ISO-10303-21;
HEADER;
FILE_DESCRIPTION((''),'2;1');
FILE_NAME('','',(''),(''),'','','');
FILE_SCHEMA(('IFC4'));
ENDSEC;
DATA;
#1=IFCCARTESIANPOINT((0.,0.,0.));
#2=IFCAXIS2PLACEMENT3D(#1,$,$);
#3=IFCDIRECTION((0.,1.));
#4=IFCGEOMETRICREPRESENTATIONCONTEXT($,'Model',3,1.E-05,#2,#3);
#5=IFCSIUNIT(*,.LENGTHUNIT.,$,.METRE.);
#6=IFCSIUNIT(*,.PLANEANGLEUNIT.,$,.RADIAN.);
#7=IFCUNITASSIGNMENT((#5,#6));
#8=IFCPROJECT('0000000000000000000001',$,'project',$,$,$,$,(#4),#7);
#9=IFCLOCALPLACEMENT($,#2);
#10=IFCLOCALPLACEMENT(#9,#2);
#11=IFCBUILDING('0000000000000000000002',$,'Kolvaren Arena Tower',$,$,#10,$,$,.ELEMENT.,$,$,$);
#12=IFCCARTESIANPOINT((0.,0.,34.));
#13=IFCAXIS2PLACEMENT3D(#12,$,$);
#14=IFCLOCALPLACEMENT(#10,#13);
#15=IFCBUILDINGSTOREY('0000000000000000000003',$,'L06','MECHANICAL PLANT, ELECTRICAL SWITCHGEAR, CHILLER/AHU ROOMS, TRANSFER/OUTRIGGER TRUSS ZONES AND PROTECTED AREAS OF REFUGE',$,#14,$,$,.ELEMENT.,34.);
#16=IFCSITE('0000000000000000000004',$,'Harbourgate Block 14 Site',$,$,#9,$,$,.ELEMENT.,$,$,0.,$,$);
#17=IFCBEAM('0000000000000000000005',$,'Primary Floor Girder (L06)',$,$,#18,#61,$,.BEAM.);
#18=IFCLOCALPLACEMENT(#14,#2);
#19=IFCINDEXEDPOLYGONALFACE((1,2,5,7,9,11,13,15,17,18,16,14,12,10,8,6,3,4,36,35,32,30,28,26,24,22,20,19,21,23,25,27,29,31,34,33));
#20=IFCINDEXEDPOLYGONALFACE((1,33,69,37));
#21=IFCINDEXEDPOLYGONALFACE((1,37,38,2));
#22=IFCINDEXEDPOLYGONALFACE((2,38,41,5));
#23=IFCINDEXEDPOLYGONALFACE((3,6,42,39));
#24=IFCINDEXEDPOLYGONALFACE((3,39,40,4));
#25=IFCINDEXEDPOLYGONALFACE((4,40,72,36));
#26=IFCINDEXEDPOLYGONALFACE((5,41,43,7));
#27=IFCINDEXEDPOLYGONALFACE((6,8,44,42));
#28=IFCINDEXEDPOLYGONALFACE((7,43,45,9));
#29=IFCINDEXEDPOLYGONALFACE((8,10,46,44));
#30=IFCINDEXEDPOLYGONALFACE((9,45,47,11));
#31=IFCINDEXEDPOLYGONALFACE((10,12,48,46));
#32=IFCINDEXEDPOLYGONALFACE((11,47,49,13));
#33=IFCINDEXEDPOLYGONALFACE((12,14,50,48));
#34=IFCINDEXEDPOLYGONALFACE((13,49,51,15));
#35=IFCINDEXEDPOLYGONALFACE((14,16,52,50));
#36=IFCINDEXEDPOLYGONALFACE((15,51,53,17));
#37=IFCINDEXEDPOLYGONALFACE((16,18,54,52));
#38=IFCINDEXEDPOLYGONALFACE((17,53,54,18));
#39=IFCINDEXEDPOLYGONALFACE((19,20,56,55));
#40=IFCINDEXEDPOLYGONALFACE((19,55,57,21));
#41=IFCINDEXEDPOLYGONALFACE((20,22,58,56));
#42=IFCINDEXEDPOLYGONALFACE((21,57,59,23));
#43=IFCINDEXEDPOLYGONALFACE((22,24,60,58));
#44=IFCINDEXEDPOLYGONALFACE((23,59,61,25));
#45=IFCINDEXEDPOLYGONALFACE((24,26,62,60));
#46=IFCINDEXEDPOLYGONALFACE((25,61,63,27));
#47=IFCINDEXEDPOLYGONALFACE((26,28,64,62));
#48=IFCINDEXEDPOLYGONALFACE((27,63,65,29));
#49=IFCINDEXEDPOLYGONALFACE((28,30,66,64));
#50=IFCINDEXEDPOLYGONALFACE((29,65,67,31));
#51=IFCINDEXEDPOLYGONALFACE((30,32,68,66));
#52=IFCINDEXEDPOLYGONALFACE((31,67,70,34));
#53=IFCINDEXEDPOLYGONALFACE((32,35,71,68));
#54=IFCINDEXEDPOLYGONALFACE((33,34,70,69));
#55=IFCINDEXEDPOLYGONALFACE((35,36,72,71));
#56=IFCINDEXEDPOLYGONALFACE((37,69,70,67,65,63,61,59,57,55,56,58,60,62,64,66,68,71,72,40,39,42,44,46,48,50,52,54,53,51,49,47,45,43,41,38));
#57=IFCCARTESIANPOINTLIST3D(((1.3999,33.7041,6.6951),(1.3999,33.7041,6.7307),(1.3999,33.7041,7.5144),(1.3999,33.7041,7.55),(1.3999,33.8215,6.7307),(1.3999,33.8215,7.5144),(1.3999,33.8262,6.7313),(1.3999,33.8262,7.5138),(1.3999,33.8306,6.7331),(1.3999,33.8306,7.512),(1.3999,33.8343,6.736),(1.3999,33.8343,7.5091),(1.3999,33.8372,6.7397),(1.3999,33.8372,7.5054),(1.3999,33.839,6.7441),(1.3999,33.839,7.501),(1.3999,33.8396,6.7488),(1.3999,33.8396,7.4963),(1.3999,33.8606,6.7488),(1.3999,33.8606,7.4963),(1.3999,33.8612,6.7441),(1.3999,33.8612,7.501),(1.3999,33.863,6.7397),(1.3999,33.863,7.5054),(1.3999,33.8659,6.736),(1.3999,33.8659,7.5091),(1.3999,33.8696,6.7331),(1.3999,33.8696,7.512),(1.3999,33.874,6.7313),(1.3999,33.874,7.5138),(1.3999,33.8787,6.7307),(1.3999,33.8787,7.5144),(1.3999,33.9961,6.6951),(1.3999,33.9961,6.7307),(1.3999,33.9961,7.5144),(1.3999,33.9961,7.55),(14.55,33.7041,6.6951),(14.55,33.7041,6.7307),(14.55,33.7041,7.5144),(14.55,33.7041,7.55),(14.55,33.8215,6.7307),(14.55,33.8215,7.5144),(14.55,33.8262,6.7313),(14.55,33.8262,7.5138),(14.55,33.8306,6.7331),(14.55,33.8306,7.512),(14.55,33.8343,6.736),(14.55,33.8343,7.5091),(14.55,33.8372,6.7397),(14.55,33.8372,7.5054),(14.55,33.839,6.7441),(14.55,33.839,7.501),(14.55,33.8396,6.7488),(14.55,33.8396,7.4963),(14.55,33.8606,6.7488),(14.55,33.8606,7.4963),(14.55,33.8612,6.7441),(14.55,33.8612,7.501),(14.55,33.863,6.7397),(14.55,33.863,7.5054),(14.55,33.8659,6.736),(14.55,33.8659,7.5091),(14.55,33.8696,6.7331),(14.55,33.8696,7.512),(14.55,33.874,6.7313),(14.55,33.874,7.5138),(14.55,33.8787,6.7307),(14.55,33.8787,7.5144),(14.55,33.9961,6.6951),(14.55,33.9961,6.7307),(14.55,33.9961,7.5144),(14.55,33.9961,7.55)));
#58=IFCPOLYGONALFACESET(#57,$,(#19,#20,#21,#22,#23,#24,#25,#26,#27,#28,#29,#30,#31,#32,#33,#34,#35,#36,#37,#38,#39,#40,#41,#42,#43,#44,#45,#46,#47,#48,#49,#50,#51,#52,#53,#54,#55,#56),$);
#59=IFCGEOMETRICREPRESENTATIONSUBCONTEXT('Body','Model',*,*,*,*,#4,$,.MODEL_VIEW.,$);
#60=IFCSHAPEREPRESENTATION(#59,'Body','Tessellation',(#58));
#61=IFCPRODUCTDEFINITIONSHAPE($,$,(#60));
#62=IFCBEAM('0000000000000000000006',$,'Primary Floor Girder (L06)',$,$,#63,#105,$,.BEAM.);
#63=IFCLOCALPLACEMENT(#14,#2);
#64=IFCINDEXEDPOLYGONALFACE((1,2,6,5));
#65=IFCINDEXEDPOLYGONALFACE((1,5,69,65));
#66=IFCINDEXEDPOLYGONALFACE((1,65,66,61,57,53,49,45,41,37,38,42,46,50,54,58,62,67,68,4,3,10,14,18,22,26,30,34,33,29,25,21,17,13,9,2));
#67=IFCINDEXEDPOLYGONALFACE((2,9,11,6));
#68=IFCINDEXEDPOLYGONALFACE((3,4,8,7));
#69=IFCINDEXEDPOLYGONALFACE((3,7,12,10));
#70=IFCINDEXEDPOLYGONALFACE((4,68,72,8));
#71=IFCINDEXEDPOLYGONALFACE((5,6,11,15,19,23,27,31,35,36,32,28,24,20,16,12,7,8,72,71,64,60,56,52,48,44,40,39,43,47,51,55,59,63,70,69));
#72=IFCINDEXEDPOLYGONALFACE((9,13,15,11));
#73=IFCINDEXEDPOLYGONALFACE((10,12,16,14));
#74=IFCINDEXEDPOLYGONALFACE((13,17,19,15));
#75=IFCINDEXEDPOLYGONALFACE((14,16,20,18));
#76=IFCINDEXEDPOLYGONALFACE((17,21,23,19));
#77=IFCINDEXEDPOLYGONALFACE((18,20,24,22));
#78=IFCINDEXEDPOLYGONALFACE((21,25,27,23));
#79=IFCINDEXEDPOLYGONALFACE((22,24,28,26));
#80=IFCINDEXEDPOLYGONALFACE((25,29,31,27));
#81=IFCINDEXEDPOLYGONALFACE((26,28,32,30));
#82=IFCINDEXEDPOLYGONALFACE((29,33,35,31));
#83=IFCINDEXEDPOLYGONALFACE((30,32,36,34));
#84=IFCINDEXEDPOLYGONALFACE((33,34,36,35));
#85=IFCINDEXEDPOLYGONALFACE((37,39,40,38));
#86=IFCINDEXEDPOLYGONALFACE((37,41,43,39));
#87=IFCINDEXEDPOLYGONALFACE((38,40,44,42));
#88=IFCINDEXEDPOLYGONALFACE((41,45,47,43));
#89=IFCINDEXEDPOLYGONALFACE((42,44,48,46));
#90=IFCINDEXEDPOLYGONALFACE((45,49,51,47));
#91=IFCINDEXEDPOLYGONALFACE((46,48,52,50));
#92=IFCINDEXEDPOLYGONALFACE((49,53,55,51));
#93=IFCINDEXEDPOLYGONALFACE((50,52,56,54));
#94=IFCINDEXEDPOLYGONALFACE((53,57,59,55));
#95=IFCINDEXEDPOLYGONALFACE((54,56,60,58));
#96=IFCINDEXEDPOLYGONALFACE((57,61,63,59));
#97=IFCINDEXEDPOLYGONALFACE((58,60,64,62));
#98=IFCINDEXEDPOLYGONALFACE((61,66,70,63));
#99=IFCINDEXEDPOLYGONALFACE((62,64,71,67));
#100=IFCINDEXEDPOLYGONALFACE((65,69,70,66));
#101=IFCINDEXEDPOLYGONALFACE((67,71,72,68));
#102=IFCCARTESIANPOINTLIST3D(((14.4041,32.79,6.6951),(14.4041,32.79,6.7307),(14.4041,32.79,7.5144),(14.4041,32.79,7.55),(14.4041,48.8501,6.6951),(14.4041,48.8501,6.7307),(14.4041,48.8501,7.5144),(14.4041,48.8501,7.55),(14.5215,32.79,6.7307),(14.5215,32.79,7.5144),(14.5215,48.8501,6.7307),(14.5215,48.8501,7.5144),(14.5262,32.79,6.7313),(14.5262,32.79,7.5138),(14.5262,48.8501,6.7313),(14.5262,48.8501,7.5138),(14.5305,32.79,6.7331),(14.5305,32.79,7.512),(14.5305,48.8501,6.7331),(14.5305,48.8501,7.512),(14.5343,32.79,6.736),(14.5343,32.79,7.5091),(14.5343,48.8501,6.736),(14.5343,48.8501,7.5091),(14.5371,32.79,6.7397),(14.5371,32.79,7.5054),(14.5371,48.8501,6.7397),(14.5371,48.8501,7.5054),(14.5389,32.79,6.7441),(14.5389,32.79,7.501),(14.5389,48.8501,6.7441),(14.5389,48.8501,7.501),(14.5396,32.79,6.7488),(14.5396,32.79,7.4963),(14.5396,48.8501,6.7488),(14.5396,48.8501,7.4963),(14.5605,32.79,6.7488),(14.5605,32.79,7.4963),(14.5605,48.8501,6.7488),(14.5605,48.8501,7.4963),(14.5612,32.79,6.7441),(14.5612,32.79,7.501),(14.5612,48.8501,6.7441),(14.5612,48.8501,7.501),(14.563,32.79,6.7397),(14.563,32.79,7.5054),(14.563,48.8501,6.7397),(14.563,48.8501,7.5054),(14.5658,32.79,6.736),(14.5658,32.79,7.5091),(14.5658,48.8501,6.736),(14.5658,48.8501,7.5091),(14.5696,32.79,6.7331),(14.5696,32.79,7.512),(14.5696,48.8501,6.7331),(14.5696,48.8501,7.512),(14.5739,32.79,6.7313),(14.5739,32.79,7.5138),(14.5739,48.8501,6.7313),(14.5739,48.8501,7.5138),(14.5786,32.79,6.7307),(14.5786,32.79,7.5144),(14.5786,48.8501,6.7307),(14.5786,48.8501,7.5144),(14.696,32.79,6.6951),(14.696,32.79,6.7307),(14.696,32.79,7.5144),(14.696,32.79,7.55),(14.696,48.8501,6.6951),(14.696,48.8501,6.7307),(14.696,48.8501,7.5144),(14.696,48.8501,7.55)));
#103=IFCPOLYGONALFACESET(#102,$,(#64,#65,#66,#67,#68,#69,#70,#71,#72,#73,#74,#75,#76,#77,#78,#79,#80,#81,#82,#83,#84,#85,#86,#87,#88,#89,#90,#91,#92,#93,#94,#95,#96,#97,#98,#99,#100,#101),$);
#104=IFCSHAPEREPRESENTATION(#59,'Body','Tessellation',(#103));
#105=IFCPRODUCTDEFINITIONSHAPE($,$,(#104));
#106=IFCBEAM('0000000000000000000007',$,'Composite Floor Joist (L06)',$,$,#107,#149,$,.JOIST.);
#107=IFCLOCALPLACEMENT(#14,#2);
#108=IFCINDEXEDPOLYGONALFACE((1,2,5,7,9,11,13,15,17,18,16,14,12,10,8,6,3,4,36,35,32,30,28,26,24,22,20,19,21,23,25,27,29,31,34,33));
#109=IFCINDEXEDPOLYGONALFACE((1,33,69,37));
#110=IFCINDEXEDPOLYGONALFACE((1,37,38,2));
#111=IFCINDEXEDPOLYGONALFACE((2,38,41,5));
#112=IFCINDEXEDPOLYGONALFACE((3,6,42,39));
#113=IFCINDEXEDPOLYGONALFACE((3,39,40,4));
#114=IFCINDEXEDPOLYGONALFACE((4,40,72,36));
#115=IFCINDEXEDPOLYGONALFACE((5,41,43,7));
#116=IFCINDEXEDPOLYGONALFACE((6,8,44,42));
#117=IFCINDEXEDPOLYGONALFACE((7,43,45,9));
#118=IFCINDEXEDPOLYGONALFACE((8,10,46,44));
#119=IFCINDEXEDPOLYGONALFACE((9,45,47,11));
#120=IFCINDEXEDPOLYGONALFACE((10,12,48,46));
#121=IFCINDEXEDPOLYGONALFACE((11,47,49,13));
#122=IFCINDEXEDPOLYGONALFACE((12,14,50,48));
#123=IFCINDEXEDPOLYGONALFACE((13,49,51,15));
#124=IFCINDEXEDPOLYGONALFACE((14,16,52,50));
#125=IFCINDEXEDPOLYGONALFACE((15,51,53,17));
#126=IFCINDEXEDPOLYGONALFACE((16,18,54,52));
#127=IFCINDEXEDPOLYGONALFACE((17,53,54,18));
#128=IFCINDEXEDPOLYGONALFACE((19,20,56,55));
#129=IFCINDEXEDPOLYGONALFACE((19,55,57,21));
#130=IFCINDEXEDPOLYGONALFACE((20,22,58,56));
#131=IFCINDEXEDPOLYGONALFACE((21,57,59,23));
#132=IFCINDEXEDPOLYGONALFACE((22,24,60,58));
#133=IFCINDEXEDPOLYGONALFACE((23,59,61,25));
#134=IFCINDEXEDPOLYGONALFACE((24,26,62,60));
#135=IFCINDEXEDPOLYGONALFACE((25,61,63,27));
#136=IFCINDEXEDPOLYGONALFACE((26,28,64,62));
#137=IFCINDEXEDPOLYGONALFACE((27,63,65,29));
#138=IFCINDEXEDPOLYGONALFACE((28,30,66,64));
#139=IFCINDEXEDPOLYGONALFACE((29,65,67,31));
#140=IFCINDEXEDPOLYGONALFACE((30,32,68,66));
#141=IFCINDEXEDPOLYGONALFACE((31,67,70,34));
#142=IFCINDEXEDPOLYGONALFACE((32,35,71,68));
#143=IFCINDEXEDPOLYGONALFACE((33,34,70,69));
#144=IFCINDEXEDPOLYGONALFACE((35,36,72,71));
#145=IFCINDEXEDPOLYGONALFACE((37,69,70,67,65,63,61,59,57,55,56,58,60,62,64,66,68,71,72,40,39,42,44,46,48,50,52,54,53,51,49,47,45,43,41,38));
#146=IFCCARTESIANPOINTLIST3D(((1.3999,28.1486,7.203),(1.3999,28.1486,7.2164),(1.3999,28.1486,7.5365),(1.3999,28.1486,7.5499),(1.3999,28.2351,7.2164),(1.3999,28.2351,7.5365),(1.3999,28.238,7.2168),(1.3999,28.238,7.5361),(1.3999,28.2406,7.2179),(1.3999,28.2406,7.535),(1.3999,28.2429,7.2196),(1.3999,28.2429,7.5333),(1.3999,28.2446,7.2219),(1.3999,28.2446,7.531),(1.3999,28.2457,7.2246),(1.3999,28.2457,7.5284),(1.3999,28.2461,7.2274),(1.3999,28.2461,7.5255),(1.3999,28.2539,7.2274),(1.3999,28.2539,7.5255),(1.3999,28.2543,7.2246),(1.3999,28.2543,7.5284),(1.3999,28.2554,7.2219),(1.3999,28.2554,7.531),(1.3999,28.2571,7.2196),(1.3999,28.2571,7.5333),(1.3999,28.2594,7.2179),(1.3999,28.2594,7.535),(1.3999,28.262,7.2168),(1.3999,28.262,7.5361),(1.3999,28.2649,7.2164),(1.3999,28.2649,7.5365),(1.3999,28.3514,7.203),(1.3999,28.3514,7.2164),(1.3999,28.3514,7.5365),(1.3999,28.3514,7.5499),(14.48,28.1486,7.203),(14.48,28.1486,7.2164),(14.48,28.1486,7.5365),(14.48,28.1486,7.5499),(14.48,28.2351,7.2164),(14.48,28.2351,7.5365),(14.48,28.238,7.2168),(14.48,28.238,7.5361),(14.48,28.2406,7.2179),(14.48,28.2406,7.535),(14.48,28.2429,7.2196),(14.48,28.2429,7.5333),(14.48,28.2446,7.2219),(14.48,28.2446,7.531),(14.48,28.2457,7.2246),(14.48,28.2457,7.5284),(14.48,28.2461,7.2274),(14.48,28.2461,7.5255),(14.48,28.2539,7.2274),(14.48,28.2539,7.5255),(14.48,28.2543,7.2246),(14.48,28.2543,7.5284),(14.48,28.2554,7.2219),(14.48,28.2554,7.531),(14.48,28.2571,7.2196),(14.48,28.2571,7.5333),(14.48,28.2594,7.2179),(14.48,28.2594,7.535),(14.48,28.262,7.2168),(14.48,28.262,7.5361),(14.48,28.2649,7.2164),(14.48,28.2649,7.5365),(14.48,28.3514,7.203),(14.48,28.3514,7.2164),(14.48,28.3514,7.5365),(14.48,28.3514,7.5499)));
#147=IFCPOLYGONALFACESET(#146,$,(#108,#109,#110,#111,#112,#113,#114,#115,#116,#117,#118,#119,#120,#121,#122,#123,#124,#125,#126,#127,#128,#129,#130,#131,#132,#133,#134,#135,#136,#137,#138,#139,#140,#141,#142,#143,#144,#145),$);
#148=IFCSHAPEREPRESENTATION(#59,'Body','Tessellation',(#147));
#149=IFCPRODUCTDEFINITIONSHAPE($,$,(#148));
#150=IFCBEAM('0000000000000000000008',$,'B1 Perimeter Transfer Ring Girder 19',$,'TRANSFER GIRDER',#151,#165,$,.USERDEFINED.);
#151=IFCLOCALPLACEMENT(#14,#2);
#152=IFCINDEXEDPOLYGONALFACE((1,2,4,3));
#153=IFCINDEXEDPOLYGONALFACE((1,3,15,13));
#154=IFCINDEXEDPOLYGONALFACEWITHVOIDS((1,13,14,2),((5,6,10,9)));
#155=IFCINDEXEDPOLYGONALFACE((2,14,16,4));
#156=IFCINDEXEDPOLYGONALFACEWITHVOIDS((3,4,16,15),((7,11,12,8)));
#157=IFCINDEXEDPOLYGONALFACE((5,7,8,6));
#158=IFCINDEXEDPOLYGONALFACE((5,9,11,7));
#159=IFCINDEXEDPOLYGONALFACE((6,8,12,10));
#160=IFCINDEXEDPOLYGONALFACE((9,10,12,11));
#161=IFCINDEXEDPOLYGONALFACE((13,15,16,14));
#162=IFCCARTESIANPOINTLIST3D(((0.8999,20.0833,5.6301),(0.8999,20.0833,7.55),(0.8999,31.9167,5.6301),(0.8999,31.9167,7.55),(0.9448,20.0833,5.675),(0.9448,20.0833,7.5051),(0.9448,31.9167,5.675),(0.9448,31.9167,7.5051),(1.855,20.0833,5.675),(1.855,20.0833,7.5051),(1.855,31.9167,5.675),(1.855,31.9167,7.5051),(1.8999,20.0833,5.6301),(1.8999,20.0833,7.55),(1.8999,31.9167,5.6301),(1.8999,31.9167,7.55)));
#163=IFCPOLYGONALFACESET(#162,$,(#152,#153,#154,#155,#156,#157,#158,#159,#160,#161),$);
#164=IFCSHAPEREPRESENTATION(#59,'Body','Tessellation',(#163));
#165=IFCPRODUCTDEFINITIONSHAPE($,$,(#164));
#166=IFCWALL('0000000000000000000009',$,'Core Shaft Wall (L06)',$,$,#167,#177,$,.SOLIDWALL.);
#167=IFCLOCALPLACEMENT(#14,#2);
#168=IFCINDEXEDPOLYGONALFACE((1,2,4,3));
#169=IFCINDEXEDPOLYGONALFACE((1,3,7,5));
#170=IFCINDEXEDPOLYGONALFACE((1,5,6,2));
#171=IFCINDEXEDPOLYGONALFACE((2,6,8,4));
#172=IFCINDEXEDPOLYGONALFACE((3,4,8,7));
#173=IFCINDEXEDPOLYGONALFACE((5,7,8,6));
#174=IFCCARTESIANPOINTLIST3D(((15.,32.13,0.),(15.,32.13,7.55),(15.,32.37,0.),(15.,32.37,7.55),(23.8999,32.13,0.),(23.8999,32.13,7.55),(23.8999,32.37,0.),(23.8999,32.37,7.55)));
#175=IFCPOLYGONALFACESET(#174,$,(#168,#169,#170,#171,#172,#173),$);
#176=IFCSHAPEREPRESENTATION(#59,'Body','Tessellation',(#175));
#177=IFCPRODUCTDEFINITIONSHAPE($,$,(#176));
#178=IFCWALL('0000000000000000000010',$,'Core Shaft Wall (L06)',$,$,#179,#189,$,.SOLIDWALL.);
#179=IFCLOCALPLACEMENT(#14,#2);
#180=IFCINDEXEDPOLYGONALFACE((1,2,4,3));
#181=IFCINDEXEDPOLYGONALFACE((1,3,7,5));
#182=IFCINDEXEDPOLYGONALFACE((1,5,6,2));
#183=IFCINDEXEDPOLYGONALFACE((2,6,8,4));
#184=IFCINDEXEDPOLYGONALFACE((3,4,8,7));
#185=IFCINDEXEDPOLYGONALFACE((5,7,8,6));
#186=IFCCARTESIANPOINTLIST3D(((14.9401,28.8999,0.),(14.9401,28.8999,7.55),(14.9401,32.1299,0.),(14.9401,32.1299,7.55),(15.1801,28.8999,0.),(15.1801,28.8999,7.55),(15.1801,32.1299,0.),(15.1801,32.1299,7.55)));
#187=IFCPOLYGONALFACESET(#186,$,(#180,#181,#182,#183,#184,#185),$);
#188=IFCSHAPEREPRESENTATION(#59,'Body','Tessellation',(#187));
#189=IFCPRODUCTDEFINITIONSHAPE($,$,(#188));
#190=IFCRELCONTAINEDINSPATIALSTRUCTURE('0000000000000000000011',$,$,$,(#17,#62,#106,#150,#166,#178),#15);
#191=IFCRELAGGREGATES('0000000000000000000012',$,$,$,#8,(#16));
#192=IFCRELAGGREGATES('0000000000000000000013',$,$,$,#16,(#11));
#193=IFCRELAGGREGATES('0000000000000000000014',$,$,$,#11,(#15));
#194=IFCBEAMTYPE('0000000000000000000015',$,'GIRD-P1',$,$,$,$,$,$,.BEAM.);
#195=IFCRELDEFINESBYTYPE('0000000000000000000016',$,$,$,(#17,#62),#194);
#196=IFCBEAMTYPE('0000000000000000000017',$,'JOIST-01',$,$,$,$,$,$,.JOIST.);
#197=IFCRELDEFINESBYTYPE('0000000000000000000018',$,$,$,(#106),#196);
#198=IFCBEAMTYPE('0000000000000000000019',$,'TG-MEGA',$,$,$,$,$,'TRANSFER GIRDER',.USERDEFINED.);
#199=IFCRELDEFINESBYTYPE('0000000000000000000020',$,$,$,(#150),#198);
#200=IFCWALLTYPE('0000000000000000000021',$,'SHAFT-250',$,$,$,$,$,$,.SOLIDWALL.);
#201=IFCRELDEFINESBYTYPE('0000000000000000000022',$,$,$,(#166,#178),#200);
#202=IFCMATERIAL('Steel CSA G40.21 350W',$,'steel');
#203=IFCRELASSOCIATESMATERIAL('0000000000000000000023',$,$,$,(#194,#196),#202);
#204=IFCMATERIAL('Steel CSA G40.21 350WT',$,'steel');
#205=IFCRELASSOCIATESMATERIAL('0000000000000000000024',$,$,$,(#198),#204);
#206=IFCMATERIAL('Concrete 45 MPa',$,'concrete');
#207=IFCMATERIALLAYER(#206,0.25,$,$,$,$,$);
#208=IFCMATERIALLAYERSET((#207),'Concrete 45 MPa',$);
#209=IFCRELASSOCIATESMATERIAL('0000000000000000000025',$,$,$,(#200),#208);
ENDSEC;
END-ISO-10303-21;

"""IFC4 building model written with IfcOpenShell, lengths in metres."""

from ifc_helpers import new_model, si_unit, direction, frame, frame_2d, origin, origin_2d, place, context, subcontext, project, spatial, rectangle, hollow_rectangle, i_section, extrude, material, layer, layer_set, material_profile, profile_set, type_object, element, save


model = new_model("IFC4")

# Units and contexts
model_context = context("Model", 3, precision=1e-05, world=origin(), true_north=direction((0.0, 1.0)))
body_context = subcontext(model_context, "Body", "Model", "MODEL_VIEW")
ifc_project = project(units=[si_unit("LENGTHUNIT", "METRE"), si_unit("PLANEANGLEUNIT", "RADIAN")], contexts=[model_context])

# Site, building, storey
site_placement = place(None, origin())
site = spatial("IfcSite", under=ifc_project, at=site_placement, Name="Harbourgate Block 14 Site", CompositionType="ELEMENT", RefElevation=0.0)
building_placement = place(site_placement, origin())
building = spatial("IfcBuilding", under=site, at=building_placement, Name="Kolvaren Arena Tower", CompositionType="ELEMENT")
storey_placement = place(building_placement, frame((0.0, 0.0, 34.0)))
storey = spatial("IfcBuildingStorey", under=building, at=storey_placement, Name="L06", Description="MECHANICAL PLANT, ELECTRICAL SWITCHGEAR, CHILLER/AHU ROOMS, TRANSFER/OUTRIGGER TRUSS ZONES AND PROTECTED AREAS OF REFUGE", CompositionType="ELEMENT", Elevation=34.0)

# Shared definitions
ifc_material_1 = material(Name="Steel CSA G40.21 350W", Category="steel")

# Shared definitions
ifc_material_2 = material(Name="Steel CSA G40.21 350WT", Category="steel")

# Beams
ifc_material_profile_1 = material_profile(ifc_material_1, i_section(OverallWidth=0.292, OverallDepth=0.855, WebThickness=0.021, FlangeThickness=0.0356, FilletRadius=0.0181, at=origin_2d()), Name="W840x299")
ifc_profile_set_1 = profile_set([ifc_material_profile_1], Name="Steel CSA G40.21 350W")
beam_type_1 = type_object("IfcBeamType", Name="GIRD-P1", PredefinedType="BEAM", material=ifc_profile_set_1)
beam_1_placement = place(storey_placement, frame((1.3999, 33.8501, 7.1226), z_axis=(1.0, 0.0, 0.0), x_axis=(0.0, 1.0, 0.0)))
element("IfcBeam", 1, at=beam_1_placement, inside=storey, type_object=beam_type_1, Name="Primary Floor Girder (L06)", PredefinedType="BEAM", context=body_context, shape_type="SweptSolid", body=[
    extrude(i_section(OverallWidth=0.292, OverallDepth=0.855, WebThickness=0.021, FlangeThickness=0.0356, FilletRadius=0.0181, at=origin_2d()), origin(), (0.0, 0.0, 1.0), 13.1501),
])
beam_2_placement = place(storey_placement, frame((14.55, 32.79, 7.1226), z_axis=(0.0, 1.0, 0.0), x_axis=(-1.0, 0.0, 0.0)))
element("IfcBeam", 2, at=beam_2_placement, inside=storey, type_object=beam_type_1, Name="Primary Floor Girder (L06)", PredefinedType="BEAM", context=body_context, shape_type="SweptSolid", body=[
    extrude(i_section(OverallWidth=0.292, OverallDepth=0.855, WebThickness=0.021, FlangeThickness=0.0356, FilletRadius=0.0181, at=origin_2d()), origin(), (0.0, 0.0, 1.0), 16.0601),
])
ifc_material_profile_2 = material_profile(ifc_material_1, i_section(OverallWidth=0.2029, OverallDepth=0.3469, WebThickness=0.0078, FlangeThickness=0.0134, FilletRadius=0.011, at=origin_2d()), Name="W360x64")
ifc_profile_set_2 = profile_set([ifc_material_profile_2], Name="Steel CSA G40.21 350W")
beam_type_2 = type_object("IfcBeamType", Name="JOIST-01", PredefinedType="JOIST", material=ifc_profile_set_2)
beam_3_placement = place(storey_placement, frame((1.3999, 28.25, 7.3765), z_axis=(1.0, 0.0, 0.0), x_axis=(0.0, 1.0, 0.0)))
element("IfcBeam", 3, at=beam_3_placement, inside=storey, type_object=beam_type_2, Name="Composite Floor Joist (L06)", PredefinedType="JOIST", context=body_context, shape_type="SweptSolid", body=[
    extrude(i_section(OverallWidth=0.2029, OverallDepth=0.3469, WebThickness=0.0078, FlangeThickness=0.0134, FilletRadius=0.011, at=origin_2d()), origin(), (0.0, 0.0, 1.0), 13.0801),
])
ifc_material_profile_3 = material_profile(ifc_material_2, hollow_rectangle(XDim=1.0, YDim=1.9199, WallThickness=0.0449, at=origin_2d()), Name="BOX 1000x1920x45")
ifc_profile_set_3 = profile_set([ifc_material_profile_3], Name="Steel CSA G40.21 350WT")
beam_type_3 = type_object("IfcBeamType", Name="TG-MEGA", ElementType="TRANSFER GIRDER", PredefinedType="USERDEFINED", material=ifc_profile_set_3)
beam_4_placement = place(storey_placement, frame((1.3999, 31.9167, 6.5901), z_axis=(0.0, -1.0, 0.0), x_axis=(1.0, 0.0, 0.0)))
element("IfcBeam", 4, at=beam_4_placement, inside=storey, type_object=beam_type_3, Name="B1 Perimeter Transfer Ring Girder 19", ObjectType="TRANSFER GIRDER", PredefinedType="USERDEFINED", context=body_context, shape_type="SweptSolid", body=[
    extrude(hollow_rectangle(XDim=1.0, YDim=1.9199, WallThickness=0.0449, at=origin_2d()), origin(), (0.0, 0.0, 1.0), 11.8335),
])

# Walls
ifc_material_3 = material(Name="Concrete 45 MPa", Category="concrete")
ifc_layer = layer(ifc_material_3, 0.25)
ifc_layer_set = layer_set([ifc_layer], Name="Concrete 45 MPa")
wall_type = type_object("IfcWallType", Name="SHAFT-250", PredefinedType="SOLIDWALL", material=ifc_layer_set)
wall_1_placement = place(storey_placement, frame((15.0, 32.25, 0.0), z_axis=(0.0, 0.0, 1.0), x_axis=(1.0, 0.0, 0.0)))
element("IfcWall", 5, at=wall_1_placement, inside=storey, type_object=wall_type, Name="Core Shaft Wall (L06)", PredefinedType="SOLIDWALL", context=body_context, shape_type="SweptSolid", body=[
    extrude(rectangle(XDim=8.8999, YDim=0.24, at=frame_2d((4.45, 0.0))), origin(), (0.0, 0.0, 1.0), 7.55),
])
wall_2_placement = place(storey_placement, frame((15.0601, 28.8999, 0.0), z_axis=(0.0, 0.0, 1.0), x_axis=(0.0, 1.0, 0.0)))
element("IfcWall", 6, at=wall_2_placement, inside=storey, type_object=wall_type, Name="Core Shaft Wall (L06)", PredefinedType="SOLIDWALL", context=body_context, shape_type="SweptSolid", body=[
    extrude(rectangle(XDim=3.23, YDim=0.24, at=frame_2d((1.615, 0.0))), origin(), (0.0, 0.0, 1.0), 7.55),
])

save(model, "model.ifc")
